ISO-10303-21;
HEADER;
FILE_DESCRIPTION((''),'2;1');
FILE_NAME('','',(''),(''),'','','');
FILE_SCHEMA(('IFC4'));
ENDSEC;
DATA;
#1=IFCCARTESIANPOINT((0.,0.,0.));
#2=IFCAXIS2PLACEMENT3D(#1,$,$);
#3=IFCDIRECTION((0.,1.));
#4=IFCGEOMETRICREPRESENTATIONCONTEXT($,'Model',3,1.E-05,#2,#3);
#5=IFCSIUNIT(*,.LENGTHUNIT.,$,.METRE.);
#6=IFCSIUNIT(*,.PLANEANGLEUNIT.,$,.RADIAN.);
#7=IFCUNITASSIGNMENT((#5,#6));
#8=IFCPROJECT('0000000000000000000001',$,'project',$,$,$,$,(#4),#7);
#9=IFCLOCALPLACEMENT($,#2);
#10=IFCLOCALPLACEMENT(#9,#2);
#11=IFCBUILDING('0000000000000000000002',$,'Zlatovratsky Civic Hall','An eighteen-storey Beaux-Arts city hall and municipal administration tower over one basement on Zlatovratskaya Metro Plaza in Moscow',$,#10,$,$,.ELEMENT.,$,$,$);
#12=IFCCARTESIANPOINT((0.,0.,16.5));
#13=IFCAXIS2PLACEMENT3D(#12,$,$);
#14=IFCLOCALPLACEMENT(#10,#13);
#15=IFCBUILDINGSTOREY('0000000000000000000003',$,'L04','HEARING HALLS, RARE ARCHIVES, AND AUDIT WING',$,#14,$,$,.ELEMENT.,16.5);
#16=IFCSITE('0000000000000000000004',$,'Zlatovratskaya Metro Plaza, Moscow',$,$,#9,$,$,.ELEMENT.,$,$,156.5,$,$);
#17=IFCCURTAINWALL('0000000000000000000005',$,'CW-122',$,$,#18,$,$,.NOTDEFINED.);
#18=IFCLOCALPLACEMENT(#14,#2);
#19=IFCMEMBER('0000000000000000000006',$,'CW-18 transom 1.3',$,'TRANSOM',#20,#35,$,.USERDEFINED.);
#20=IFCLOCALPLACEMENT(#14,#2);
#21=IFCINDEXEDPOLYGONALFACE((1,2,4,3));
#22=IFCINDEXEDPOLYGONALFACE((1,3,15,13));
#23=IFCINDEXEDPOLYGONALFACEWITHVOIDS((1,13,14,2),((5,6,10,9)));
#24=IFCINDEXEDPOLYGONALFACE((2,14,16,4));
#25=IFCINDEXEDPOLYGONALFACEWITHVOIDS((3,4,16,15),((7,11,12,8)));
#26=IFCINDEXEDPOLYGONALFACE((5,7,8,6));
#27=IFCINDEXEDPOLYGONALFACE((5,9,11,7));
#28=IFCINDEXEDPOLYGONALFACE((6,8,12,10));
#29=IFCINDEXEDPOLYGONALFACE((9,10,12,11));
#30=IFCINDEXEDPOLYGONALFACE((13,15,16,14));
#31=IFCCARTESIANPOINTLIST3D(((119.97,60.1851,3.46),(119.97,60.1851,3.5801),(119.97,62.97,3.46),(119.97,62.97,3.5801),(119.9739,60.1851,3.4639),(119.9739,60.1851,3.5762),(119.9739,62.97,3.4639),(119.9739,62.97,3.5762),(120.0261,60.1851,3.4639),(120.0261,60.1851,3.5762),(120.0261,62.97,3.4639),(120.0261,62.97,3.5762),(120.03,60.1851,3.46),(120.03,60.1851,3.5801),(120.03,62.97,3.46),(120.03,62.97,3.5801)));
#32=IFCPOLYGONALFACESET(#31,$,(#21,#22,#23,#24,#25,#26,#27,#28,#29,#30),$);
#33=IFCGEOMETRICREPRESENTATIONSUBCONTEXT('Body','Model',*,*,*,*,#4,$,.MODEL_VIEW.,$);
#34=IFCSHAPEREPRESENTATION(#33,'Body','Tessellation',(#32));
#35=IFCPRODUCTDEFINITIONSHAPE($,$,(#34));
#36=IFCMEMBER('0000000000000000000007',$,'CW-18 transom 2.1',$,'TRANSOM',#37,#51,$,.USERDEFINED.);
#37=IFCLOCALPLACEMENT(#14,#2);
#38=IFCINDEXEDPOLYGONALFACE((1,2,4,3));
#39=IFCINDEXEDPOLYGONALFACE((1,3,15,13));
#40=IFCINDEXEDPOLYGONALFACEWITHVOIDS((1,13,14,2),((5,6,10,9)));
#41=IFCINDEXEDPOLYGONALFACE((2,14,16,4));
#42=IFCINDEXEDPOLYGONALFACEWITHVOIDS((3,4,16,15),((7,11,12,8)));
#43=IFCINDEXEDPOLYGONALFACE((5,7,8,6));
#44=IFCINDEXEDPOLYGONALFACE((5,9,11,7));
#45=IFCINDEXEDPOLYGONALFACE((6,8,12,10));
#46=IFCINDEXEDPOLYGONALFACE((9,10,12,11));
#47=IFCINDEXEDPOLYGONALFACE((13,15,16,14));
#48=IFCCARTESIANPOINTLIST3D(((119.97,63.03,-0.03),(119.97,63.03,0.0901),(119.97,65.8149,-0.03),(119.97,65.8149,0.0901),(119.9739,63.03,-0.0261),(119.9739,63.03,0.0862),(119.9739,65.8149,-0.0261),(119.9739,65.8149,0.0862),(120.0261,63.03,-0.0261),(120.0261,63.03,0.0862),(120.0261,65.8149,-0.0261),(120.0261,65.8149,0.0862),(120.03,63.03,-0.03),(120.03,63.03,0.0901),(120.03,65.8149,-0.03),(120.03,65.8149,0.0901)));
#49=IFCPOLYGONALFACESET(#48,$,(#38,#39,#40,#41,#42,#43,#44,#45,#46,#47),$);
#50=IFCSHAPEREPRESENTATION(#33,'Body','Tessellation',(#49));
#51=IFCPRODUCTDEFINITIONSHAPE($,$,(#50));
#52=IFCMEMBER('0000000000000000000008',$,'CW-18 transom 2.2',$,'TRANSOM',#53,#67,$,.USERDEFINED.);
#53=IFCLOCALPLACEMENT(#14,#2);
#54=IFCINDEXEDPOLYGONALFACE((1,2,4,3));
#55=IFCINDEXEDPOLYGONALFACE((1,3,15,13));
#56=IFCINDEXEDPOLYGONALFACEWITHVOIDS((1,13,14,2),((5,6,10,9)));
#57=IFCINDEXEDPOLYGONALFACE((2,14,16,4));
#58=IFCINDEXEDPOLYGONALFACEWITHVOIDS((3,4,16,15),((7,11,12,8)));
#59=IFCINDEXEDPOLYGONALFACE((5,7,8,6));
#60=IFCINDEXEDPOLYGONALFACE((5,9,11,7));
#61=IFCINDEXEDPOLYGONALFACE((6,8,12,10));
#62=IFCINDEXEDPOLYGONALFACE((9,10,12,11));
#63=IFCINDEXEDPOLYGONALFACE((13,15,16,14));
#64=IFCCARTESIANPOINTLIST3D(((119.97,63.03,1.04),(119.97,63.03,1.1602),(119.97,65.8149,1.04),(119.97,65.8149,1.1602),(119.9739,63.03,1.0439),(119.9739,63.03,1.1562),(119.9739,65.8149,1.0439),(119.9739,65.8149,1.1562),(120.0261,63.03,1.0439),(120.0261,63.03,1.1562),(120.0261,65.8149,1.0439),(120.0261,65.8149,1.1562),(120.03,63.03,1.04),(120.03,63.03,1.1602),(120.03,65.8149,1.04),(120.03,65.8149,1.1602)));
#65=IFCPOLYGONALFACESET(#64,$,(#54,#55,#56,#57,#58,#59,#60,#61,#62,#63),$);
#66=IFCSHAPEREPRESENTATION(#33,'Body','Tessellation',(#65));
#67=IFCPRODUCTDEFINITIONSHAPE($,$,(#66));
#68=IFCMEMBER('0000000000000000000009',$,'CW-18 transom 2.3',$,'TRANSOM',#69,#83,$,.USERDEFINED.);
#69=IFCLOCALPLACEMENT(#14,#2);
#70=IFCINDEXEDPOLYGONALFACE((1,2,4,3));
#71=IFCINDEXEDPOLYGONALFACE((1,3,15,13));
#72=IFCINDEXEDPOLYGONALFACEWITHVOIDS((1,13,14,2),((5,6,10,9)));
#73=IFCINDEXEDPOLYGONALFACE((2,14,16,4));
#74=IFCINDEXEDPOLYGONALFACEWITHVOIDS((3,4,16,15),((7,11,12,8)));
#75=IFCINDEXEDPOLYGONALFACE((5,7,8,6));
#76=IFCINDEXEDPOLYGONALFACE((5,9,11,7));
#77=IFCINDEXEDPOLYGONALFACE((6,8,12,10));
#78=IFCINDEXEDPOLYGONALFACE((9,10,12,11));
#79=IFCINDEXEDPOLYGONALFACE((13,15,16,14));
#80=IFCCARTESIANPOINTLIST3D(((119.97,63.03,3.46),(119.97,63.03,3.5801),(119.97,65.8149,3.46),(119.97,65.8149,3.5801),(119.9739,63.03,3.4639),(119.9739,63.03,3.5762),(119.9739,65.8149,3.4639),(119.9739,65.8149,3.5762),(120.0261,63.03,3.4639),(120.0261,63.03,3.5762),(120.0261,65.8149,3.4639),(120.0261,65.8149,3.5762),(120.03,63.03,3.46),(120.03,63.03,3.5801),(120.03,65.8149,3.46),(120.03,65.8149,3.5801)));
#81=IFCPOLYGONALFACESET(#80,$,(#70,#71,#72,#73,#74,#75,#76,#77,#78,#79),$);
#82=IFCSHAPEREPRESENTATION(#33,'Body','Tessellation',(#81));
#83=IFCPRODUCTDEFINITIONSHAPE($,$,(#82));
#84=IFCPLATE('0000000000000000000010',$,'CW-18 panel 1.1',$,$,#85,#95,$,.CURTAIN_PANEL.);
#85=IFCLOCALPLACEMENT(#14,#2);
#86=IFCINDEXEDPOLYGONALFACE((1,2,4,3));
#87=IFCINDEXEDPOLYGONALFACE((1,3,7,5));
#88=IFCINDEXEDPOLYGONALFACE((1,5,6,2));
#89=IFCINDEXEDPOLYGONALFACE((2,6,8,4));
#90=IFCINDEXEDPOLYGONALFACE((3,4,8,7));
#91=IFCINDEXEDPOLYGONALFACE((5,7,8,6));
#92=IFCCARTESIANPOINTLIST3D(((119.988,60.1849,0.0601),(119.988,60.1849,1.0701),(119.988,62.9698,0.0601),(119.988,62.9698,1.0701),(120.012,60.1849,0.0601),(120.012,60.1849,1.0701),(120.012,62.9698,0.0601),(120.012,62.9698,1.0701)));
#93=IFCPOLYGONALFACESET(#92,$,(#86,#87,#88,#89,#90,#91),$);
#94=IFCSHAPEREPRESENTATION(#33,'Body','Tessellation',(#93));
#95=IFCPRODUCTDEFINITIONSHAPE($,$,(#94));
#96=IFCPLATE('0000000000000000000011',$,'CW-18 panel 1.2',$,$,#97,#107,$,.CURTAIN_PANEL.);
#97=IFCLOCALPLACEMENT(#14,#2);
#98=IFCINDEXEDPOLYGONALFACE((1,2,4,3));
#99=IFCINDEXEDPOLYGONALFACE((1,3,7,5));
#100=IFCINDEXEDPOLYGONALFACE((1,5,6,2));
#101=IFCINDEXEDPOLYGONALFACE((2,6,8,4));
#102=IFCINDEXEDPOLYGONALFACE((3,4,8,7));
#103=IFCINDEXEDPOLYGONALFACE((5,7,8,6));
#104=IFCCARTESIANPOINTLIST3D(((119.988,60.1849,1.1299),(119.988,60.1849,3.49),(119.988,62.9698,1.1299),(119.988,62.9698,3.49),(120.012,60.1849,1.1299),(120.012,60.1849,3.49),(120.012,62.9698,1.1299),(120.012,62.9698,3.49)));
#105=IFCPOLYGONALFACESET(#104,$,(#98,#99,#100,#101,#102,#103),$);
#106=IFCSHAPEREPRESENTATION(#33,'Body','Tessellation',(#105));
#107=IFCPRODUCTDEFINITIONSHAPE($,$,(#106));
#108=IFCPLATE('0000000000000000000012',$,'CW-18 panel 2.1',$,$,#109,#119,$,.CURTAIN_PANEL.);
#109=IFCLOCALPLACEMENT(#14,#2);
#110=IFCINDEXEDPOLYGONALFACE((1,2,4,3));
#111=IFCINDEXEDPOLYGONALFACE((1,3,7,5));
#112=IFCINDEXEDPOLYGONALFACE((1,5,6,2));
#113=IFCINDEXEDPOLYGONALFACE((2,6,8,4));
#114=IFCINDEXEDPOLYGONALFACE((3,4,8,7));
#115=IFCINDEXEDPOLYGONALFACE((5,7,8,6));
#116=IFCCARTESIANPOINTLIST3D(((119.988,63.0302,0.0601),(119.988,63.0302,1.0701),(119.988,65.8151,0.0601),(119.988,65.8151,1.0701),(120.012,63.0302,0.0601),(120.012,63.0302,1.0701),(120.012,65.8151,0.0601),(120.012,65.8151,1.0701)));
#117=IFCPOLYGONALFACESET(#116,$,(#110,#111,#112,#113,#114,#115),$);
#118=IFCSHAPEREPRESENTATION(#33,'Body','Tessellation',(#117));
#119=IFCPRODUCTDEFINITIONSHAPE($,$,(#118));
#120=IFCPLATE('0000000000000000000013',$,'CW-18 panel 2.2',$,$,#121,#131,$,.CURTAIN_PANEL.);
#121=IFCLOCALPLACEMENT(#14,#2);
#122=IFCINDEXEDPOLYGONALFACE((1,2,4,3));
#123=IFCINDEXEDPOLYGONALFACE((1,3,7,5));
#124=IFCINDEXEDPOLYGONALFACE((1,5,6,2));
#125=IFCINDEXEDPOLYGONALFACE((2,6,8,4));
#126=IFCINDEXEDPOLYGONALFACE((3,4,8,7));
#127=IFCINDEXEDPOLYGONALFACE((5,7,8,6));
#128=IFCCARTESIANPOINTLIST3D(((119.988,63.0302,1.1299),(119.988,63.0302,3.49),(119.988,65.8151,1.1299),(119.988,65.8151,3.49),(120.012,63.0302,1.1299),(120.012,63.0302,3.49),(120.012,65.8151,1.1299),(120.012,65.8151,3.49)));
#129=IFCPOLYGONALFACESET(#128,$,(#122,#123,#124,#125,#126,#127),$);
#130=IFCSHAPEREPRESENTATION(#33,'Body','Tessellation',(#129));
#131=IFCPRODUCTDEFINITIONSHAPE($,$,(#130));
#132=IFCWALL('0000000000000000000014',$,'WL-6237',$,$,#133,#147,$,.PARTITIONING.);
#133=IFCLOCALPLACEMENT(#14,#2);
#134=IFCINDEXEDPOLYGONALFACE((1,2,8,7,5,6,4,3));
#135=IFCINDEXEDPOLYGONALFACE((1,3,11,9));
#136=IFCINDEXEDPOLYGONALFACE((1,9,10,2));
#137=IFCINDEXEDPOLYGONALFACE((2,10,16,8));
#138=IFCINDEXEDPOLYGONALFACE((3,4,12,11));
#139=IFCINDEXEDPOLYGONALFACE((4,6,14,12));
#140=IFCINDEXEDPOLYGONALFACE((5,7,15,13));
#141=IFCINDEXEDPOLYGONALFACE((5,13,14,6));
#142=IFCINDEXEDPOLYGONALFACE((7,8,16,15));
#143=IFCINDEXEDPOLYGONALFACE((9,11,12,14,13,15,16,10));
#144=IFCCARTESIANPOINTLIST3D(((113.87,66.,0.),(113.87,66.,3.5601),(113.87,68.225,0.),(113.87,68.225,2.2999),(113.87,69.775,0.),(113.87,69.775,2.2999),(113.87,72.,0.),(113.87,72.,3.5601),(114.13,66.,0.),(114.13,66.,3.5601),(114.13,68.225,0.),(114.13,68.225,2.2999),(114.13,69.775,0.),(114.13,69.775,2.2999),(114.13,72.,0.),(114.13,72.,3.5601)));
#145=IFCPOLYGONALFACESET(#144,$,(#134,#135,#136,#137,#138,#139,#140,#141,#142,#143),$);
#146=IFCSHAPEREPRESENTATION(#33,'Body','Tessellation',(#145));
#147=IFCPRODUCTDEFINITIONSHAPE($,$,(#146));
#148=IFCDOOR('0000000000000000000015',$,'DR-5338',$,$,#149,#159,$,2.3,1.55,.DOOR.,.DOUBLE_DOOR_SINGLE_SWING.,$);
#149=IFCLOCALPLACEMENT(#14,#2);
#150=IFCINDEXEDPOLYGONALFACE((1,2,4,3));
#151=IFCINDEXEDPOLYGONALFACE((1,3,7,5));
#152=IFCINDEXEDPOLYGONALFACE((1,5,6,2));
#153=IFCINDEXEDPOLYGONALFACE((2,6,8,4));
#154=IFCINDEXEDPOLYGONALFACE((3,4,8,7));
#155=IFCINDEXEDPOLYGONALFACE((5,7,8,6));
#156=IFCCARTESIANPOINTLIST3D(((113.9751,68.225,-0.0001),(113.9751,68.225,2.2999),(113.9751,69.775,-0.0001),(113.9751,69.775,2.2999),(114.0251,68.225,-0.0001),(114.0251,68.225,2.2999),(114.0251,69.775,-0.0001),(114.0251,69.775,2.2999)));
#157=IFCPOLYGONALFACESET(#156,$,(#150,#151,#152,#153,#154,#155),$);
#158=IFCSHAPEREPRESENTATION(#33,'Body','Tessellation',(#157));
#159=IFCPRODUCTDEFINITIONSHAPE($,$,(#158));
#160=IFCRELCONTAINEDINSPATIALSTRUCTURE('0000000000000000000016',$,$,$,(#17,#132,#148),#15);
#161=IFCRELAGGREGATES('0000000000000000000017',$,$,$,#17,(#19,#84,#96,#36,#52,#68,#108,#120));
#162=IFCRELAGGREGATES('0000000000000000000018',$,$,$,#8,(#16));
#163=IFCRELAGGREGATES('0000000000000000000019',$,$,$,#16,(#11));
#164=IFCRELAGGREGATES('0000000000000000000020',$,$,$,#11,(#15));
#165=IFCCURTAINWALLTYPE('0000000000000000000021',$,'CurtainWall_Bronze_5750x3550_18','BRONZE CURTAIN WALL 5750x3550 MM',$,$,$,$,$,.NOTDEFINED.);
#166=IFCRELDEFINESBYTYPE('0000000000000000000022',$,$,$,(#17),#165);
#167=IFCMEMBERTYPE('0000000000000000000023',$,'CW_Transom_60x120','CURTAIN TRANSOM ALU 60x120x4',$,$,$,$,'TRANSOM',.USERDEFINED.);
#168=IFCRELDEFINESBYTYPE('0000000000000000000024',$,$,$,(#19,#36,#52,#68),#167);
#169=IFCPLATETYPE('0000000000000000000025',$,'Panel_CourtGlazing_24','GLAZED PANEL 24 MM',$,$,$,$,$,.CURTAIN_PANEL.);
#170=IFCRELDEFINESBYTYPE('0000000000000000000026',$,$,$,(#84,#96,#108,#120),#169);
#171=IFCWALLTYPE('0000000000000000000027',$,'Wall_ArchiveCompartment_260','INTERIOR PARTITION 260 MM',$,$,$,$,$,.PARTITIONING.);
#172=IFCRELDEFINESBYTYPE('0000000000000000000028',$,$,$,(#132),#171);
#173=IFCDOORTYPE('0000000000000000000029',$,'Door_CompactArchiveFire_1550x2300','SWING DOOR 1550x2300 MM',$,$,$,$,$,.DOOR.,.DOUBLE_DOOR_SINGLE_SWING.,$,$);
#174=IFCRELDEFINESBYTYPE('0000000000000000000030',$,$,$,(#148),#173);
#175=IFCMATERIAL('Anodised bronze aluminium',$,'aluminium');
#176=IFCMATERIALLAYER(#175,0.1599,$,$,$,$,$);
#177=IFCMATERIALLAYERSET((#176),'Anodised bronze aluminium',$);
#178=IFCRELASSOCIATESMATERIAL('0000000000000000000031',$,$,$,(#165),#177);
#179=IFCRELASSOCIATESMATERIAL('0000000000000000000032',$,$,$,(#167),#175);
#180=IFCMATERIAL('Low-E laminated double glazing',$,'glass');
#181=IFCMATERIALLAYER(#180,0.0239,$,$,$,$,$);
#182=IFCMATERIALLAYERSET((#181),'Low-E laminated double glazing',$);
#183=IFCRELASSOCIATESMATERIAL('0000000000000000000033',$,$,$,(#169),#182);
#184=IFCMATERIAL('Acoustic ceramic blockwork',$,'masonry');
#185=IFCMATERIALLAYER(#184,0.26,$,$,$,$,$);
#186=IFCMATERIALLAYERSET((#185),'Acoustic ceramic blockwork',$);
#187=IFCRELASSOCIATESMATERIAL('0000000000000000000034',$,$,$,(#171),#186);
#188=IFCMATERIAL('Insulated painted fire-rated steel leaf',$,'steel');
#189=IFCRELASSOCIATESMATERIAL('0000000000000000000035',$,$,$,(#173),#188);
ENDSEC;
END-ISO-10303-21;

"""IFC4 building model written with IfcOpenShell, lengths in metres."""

from ifc_helpers import new_model, si_unit, direction, frame, frame_2d, origin, origin_2d, place, context, subcontext, project, spatial, rectangle, hollow_rectangle, extrude, material, layer, layer_set, material_profile, profile_set, type_object, element, fill, aggregate, save


model = new_model("IFC4")

# Units and contexts
model_context = context("Model", 3, precision=1e-05, world=origin(), true_north=direction((0.0, 1.0)))
body_context = subcontext(model_context, "Body", "Model", "MODEL_VIEW")
ifc_project = project(units=[si_unit("LENGTHUNIT", "METRE"), si_unit("PLANEANGLEUNIT", "RADIAN")], contexts=[model_context])

# Site, building, storey
site_placement = place(None, origin())
site = spatial("IfcSite", under=ifc_project, at=site_placement, Name="Zlatovratskaya Metro Plaza, Moscow", CompositionType="ELEMENT", RefElevation=156.5)
building_placement = place(site_placement, origin())
building = spatial("IfcBuilding", under=site, at=building_placement, Name="Zlatovratsky Civic Hall", Description="An eighteen-storey Beaux-Arts city hall and municipal administration tower over one basement on Zlatovratskaya Metro Plaza in Moscow", CompositionType="ELEMENT")
storey_placement = place(building_placement, frame((0.0, 0.0, 16.5)))
storey = spatial("IfcBuildingStorey", under=building, at=storey_placement, Name="L04", Description="HEARING HALLS, RARE ARCHIVES, AND AUDIT WING", CompositionType="ELEMENT", Elevation=16.5)

# Curtain wall, members, plates
ifc_material_1 = material(Name="Anodised bronze aluminium", Category="aluminium")
ifc_layer_1 = layer(ifc_material_1, 0.1599)
ifc_layer_set_1 = layer_set([ifc_layer_1], Name="Anodised bronze aluminium")
curtain_wall_type = type_object("IfcCurtainWallType", Name="CurtainWall_Bronze_5750x3550_18", Description="BRONZE CURTAIN WALL 5750x3550 MM", PredefinedType="NOTDEFINED", material=ifc_layer_set_1)
curtain_wall_placement = place(storey_placement, origin())
curtain_wall = element("IfcCurtainWall", 1, at=curtain_wall_placement, inside=storey, type_object=curtain_wall_type, Name="CW-122", PredefinedType="NOTDEFINED")
ifc_material_profile_1 = material_profile(ifc_material_1, hollow_rectangle(XDim=0.0601, YDim=0.1201, WallThickness=0.0039, at=origin_2d()), Name="ALU 60x120x4")
ifc_profile_set_1 = profile_set([ifc_material_profile_1], Name="Anodised bronze aluminium")
member_type_1 = type_object("IfcMemberType", Name="CW_Transom_60x120", Description="CURTAIN TRANSOM ALU 60x120x4", ElementType="TRANSOM", PredefinedType="USERDEFINED", material=ifc_profile_set_1)
member_1_placement = place(storey_placement, frame((120.0, 60.1851, 3.52), z_axis=(0.0, 1.0, 0.0), x_axis=(-1.0, 0.0, 0.0)))
member_1 = element("IfcMember", 2, at=member_1_placement, type_object=member_type_1, Name="CW-18 transom 1.3", ObjectType="TRANSOM", PredefinedType="USERDEFINED", context=body_context, shape_type="SweptSolid", body=[
    extrude(hollow_rectangle(XDim=0.0601, YDim=0.1201, WallThickness=0.0039, at=origin_2d()), origin(), (0.0, 0.0, 1.0), 2.7849),
])
member_2_placement = place(storey_placement, frame((120.0, 63.03, 0.03), z_axis=(0.0, 1.0, 0.0), x_axis=(-1.0, 0.0, 0.0)))
member_2 = element("IfcMember", 3, at=member_2_placement, type_object=member_type_1, Name="CW-18 transom 2.1", ObjectType="TRANSOM", PredefinedType="USERDEFINED", context=body_context, shape_type="SweptSolid", body=[
    extrude(hollow_rectangle(XDim=0.0601, YDim=0.1201, WallThickness=0.0039, at=origin_2d()), origin(), (0.0, 0.0, 1.0), 2.7849),
])
member_3_placement = place(storey_placement, frame((120.0, 63.03, 1.1001), z_axis=(0.0, 1.0, 0.0), x_axis=(-1.0, 0.0, 0.0)))
member_3 = element("IfcMember", 4, at=member_3_placement, type_object=member_type_1, Name="CW-18 transom 2.2", ObjectType="TRANSOM", PredefinedType="USERDEFINED", context=body_context, shape_type="SweptSolid", body=[
    extrude(hollow_rectangle(XDim=0.0601, YDim=0.1201, WallThickness=0.0039, at=origin_2d()), origin(), (0.0, 0.0, 1.0), 2.7849),
])
member_4_placement = place(storey_placement, frame((120.0, 63.03, 3.52), z_axis=(0.0, 1.0, 0.0), x_axis=(-1.0, 0.0, 0.0)))
member_4 = element("IfcMember", 5, at=member_4_placement, type_object=member_type_1, Name="CW-18 transom 2.3", ObjectType="TRANSOM", PredefinedType="USERDEFINED", context=body_context, shape_type="SweptSolid", body=[
    extrude(hollow_rectangle(XDim=0.0601, YDim=0.1201, WallThickness=0.0039, at=origin_2d()), origin(), (0.0, 0.0, 1.0), 2.7849),
])
ifc_material_2 = material(Name="Low-E laminated double glazing", Category="glass")
ifc_layer_2 = layer(ifc_material_2, 0.0239)
ifc_layer_set_2 = layer_set([ifc_layer_2], Name="Low-E laminated double glazing")
plate_type = type_object("IfcPlateType", Name="Panel_CourtGlazing_24", Description="GLAZED PANEL 24 MM", PredefinedType="CURTAIN_PANEL", material=ifc_layer_set_2)
plate_1_placement = place(storey_placement, frame((120.0, 61.5774, 0.0601), z_axis=(0.0, 0.0, 1.0), x_axis=(0.0, 1.0, 0.0)))
plate_1 = element("IfcPlate", 6, at=plate_1_placement, type_object=plate_type, Name="CW-18 panel 1.1", PredefinedType="CURTAIN_PANEL", context=body_context, shape_type="SweptSolid", body=[
    extrude(rectangle(XDim=2.7849, YDim=0.0239, at=origin_2d()), origin(), (0.0, 0.0, 1.0), 1.01),
])
plate_2_placement = place(storey_placement, frame((120.0, 61.5774, 1.1299), z_axis=(0.0, 0.0, 1.0), x_axis=(0.0, 1.0, 0.0)))
plate_2 = element("IfcPlate", 7, at=plate_2_placement, type_object=plate_type, Name="CW-18 panel 1.2", PredefinedType="CURTAIN_PANEL", context=body_context, shape_type="SweptSolid", body=[
    extrude(rectangle(XDim=2.7849, YDim=0.0239, at=origin_2d()), origin(), (0.0, 0.0, 1.0), 2.3601),
])
plate_3_placement = place(storey_placement, frame((120.0, 64.4226, 0.0601), z_axis=(0.0, 0.0, 1.0), x_axis=(0.0, 1.0, 0.0)))
plate_3 = element("IfcPlate", 8, at=plate_3_placement, type_object=plate_type, Name="CW-18 panel 2.1", PredefinedType="CURTAIN_PANEL", context=body_context, shape_type="SweptSolid", body=[
    extrude(rectangle(XDim=2.7849, YDim=0.0239, at=origin_2d()), origin(), (0.0, 0.0, 1.0), 1.01),
])
plate_4_placement = place(storey_placement, frame((120.0, 64.4226, 1.1299), z_axis=(0.0, 0.0, 1.0), x_axis=(0.0, 1.0, 0.0)))
plate_4 = element("IfcPlate", 9, at=plate_4_placement, type_object=plate_type, Name="CW-18 panel 2.2", PredefinedType="CURTAIN_PANEL", context=body_context, shape_type="SweptSolid", body=[
    extrude(rectangle(XDim=2.7849, YDim=0.0239, at=origin_2d()), origin(), (0.0, 0.0, 1.0), 2.3601),
])
aggregate(curtain_wall, [member_1, plate_1, plate_2, member_2, member_3, member_4, plate_3, plate_4])

# Wall, opening, door
ifc_material_3 = material(Name="Acoustic ceramic blockwork", Category="masonry")
ifc_layer_3 = layer(ifc_material_3, 0.26)
ifc_layer_set_3 = layer_set([ifc_layer_3], Name="Acoustic ceramic blockwork")
wall_type = type_object("IfcWallType", Name="Wall_ArchiveCompartment_260", Description="INTERIOR PARTITION 260 MM", PredefinedType="PARTITIONING", material=ifc_layer_set_3)
wall_placement = place(storey_placement, frame((114.0, 66.0, 0.0), z_axis=(0.0, 0.0, 1.0), x_axis=(0.0, 1.0, 0.0)))
wall = element("IfcWall", 10, at=wall_placement, inside=storey, type_object=wall_type, Name="WL-6237", PredefinedType="PARTITIONING", context=body_context, shape_type="SweptSolid", body=[
    extrude(rectangle(XDim=6.0, YDim=0.26, at=frame_2d((3.0, 0.0))), origin(), (0.0, 0.0, 1.0), 3.5601),
])
opening_placement = place(wall_placement, frame((2.2251, 0.0, 0.0)))
opening = element("IfcOpeningElement", 11, at=opening_placement, cuts=wall, PredefinedType="OPENING", context=body_context, shape_type="SweptSolid", body=[
    extrude(rectangle(XDim=1.55, YDim=2.3, at=frame_2d((0.7749, 1.1499))), frame((0.0, 0.145, 0.0), z_axis=(0.0, -1.0, 0.0), x_axis=(1.0, 0.0, 0.0)), (0.0, 0.0, 1.0), 0.2898),
])
ifc_material_4 = material(Name="Insulated painted fire-rated steel leaf", Category="steel")
door_type = type_object("IfcDoorType", Name="Door_CompactArchiveFire_1550x2300", Description="SWING DOOR 1550x2300 MM", OperationType="DOUBLE_DOOR_SINGLE_SWING", PredefinedType="DOOR", material=ifc_material_4)
door_placement = place(opening_placement, origin())
door = element("IfcDoor", 12, at=door_placement, inside=storey, type_object=door_type, Name="DR-5338", OperationType="DOUBLE_DOOR_SINGLE_SWING", OverallHeight=2.3, OverallWidth=1.55, PredefinedType="DOOR", context=body_context, shape_type="SweptSolid", body=[
    extrude(rectangle(XDim=1.55, YDim=2.3, at=frame_2d((0.7749, 1.1499))), frame((0.0, 0.0249, 0.0), z_axis=(0.0, -1.0, 0.0), x_axis=(1.0, 0.0, 0.0)), (0.0, 0.0, 1.0), 0.05),
])
fill(opening, door)

save(model, "model.ifc")
